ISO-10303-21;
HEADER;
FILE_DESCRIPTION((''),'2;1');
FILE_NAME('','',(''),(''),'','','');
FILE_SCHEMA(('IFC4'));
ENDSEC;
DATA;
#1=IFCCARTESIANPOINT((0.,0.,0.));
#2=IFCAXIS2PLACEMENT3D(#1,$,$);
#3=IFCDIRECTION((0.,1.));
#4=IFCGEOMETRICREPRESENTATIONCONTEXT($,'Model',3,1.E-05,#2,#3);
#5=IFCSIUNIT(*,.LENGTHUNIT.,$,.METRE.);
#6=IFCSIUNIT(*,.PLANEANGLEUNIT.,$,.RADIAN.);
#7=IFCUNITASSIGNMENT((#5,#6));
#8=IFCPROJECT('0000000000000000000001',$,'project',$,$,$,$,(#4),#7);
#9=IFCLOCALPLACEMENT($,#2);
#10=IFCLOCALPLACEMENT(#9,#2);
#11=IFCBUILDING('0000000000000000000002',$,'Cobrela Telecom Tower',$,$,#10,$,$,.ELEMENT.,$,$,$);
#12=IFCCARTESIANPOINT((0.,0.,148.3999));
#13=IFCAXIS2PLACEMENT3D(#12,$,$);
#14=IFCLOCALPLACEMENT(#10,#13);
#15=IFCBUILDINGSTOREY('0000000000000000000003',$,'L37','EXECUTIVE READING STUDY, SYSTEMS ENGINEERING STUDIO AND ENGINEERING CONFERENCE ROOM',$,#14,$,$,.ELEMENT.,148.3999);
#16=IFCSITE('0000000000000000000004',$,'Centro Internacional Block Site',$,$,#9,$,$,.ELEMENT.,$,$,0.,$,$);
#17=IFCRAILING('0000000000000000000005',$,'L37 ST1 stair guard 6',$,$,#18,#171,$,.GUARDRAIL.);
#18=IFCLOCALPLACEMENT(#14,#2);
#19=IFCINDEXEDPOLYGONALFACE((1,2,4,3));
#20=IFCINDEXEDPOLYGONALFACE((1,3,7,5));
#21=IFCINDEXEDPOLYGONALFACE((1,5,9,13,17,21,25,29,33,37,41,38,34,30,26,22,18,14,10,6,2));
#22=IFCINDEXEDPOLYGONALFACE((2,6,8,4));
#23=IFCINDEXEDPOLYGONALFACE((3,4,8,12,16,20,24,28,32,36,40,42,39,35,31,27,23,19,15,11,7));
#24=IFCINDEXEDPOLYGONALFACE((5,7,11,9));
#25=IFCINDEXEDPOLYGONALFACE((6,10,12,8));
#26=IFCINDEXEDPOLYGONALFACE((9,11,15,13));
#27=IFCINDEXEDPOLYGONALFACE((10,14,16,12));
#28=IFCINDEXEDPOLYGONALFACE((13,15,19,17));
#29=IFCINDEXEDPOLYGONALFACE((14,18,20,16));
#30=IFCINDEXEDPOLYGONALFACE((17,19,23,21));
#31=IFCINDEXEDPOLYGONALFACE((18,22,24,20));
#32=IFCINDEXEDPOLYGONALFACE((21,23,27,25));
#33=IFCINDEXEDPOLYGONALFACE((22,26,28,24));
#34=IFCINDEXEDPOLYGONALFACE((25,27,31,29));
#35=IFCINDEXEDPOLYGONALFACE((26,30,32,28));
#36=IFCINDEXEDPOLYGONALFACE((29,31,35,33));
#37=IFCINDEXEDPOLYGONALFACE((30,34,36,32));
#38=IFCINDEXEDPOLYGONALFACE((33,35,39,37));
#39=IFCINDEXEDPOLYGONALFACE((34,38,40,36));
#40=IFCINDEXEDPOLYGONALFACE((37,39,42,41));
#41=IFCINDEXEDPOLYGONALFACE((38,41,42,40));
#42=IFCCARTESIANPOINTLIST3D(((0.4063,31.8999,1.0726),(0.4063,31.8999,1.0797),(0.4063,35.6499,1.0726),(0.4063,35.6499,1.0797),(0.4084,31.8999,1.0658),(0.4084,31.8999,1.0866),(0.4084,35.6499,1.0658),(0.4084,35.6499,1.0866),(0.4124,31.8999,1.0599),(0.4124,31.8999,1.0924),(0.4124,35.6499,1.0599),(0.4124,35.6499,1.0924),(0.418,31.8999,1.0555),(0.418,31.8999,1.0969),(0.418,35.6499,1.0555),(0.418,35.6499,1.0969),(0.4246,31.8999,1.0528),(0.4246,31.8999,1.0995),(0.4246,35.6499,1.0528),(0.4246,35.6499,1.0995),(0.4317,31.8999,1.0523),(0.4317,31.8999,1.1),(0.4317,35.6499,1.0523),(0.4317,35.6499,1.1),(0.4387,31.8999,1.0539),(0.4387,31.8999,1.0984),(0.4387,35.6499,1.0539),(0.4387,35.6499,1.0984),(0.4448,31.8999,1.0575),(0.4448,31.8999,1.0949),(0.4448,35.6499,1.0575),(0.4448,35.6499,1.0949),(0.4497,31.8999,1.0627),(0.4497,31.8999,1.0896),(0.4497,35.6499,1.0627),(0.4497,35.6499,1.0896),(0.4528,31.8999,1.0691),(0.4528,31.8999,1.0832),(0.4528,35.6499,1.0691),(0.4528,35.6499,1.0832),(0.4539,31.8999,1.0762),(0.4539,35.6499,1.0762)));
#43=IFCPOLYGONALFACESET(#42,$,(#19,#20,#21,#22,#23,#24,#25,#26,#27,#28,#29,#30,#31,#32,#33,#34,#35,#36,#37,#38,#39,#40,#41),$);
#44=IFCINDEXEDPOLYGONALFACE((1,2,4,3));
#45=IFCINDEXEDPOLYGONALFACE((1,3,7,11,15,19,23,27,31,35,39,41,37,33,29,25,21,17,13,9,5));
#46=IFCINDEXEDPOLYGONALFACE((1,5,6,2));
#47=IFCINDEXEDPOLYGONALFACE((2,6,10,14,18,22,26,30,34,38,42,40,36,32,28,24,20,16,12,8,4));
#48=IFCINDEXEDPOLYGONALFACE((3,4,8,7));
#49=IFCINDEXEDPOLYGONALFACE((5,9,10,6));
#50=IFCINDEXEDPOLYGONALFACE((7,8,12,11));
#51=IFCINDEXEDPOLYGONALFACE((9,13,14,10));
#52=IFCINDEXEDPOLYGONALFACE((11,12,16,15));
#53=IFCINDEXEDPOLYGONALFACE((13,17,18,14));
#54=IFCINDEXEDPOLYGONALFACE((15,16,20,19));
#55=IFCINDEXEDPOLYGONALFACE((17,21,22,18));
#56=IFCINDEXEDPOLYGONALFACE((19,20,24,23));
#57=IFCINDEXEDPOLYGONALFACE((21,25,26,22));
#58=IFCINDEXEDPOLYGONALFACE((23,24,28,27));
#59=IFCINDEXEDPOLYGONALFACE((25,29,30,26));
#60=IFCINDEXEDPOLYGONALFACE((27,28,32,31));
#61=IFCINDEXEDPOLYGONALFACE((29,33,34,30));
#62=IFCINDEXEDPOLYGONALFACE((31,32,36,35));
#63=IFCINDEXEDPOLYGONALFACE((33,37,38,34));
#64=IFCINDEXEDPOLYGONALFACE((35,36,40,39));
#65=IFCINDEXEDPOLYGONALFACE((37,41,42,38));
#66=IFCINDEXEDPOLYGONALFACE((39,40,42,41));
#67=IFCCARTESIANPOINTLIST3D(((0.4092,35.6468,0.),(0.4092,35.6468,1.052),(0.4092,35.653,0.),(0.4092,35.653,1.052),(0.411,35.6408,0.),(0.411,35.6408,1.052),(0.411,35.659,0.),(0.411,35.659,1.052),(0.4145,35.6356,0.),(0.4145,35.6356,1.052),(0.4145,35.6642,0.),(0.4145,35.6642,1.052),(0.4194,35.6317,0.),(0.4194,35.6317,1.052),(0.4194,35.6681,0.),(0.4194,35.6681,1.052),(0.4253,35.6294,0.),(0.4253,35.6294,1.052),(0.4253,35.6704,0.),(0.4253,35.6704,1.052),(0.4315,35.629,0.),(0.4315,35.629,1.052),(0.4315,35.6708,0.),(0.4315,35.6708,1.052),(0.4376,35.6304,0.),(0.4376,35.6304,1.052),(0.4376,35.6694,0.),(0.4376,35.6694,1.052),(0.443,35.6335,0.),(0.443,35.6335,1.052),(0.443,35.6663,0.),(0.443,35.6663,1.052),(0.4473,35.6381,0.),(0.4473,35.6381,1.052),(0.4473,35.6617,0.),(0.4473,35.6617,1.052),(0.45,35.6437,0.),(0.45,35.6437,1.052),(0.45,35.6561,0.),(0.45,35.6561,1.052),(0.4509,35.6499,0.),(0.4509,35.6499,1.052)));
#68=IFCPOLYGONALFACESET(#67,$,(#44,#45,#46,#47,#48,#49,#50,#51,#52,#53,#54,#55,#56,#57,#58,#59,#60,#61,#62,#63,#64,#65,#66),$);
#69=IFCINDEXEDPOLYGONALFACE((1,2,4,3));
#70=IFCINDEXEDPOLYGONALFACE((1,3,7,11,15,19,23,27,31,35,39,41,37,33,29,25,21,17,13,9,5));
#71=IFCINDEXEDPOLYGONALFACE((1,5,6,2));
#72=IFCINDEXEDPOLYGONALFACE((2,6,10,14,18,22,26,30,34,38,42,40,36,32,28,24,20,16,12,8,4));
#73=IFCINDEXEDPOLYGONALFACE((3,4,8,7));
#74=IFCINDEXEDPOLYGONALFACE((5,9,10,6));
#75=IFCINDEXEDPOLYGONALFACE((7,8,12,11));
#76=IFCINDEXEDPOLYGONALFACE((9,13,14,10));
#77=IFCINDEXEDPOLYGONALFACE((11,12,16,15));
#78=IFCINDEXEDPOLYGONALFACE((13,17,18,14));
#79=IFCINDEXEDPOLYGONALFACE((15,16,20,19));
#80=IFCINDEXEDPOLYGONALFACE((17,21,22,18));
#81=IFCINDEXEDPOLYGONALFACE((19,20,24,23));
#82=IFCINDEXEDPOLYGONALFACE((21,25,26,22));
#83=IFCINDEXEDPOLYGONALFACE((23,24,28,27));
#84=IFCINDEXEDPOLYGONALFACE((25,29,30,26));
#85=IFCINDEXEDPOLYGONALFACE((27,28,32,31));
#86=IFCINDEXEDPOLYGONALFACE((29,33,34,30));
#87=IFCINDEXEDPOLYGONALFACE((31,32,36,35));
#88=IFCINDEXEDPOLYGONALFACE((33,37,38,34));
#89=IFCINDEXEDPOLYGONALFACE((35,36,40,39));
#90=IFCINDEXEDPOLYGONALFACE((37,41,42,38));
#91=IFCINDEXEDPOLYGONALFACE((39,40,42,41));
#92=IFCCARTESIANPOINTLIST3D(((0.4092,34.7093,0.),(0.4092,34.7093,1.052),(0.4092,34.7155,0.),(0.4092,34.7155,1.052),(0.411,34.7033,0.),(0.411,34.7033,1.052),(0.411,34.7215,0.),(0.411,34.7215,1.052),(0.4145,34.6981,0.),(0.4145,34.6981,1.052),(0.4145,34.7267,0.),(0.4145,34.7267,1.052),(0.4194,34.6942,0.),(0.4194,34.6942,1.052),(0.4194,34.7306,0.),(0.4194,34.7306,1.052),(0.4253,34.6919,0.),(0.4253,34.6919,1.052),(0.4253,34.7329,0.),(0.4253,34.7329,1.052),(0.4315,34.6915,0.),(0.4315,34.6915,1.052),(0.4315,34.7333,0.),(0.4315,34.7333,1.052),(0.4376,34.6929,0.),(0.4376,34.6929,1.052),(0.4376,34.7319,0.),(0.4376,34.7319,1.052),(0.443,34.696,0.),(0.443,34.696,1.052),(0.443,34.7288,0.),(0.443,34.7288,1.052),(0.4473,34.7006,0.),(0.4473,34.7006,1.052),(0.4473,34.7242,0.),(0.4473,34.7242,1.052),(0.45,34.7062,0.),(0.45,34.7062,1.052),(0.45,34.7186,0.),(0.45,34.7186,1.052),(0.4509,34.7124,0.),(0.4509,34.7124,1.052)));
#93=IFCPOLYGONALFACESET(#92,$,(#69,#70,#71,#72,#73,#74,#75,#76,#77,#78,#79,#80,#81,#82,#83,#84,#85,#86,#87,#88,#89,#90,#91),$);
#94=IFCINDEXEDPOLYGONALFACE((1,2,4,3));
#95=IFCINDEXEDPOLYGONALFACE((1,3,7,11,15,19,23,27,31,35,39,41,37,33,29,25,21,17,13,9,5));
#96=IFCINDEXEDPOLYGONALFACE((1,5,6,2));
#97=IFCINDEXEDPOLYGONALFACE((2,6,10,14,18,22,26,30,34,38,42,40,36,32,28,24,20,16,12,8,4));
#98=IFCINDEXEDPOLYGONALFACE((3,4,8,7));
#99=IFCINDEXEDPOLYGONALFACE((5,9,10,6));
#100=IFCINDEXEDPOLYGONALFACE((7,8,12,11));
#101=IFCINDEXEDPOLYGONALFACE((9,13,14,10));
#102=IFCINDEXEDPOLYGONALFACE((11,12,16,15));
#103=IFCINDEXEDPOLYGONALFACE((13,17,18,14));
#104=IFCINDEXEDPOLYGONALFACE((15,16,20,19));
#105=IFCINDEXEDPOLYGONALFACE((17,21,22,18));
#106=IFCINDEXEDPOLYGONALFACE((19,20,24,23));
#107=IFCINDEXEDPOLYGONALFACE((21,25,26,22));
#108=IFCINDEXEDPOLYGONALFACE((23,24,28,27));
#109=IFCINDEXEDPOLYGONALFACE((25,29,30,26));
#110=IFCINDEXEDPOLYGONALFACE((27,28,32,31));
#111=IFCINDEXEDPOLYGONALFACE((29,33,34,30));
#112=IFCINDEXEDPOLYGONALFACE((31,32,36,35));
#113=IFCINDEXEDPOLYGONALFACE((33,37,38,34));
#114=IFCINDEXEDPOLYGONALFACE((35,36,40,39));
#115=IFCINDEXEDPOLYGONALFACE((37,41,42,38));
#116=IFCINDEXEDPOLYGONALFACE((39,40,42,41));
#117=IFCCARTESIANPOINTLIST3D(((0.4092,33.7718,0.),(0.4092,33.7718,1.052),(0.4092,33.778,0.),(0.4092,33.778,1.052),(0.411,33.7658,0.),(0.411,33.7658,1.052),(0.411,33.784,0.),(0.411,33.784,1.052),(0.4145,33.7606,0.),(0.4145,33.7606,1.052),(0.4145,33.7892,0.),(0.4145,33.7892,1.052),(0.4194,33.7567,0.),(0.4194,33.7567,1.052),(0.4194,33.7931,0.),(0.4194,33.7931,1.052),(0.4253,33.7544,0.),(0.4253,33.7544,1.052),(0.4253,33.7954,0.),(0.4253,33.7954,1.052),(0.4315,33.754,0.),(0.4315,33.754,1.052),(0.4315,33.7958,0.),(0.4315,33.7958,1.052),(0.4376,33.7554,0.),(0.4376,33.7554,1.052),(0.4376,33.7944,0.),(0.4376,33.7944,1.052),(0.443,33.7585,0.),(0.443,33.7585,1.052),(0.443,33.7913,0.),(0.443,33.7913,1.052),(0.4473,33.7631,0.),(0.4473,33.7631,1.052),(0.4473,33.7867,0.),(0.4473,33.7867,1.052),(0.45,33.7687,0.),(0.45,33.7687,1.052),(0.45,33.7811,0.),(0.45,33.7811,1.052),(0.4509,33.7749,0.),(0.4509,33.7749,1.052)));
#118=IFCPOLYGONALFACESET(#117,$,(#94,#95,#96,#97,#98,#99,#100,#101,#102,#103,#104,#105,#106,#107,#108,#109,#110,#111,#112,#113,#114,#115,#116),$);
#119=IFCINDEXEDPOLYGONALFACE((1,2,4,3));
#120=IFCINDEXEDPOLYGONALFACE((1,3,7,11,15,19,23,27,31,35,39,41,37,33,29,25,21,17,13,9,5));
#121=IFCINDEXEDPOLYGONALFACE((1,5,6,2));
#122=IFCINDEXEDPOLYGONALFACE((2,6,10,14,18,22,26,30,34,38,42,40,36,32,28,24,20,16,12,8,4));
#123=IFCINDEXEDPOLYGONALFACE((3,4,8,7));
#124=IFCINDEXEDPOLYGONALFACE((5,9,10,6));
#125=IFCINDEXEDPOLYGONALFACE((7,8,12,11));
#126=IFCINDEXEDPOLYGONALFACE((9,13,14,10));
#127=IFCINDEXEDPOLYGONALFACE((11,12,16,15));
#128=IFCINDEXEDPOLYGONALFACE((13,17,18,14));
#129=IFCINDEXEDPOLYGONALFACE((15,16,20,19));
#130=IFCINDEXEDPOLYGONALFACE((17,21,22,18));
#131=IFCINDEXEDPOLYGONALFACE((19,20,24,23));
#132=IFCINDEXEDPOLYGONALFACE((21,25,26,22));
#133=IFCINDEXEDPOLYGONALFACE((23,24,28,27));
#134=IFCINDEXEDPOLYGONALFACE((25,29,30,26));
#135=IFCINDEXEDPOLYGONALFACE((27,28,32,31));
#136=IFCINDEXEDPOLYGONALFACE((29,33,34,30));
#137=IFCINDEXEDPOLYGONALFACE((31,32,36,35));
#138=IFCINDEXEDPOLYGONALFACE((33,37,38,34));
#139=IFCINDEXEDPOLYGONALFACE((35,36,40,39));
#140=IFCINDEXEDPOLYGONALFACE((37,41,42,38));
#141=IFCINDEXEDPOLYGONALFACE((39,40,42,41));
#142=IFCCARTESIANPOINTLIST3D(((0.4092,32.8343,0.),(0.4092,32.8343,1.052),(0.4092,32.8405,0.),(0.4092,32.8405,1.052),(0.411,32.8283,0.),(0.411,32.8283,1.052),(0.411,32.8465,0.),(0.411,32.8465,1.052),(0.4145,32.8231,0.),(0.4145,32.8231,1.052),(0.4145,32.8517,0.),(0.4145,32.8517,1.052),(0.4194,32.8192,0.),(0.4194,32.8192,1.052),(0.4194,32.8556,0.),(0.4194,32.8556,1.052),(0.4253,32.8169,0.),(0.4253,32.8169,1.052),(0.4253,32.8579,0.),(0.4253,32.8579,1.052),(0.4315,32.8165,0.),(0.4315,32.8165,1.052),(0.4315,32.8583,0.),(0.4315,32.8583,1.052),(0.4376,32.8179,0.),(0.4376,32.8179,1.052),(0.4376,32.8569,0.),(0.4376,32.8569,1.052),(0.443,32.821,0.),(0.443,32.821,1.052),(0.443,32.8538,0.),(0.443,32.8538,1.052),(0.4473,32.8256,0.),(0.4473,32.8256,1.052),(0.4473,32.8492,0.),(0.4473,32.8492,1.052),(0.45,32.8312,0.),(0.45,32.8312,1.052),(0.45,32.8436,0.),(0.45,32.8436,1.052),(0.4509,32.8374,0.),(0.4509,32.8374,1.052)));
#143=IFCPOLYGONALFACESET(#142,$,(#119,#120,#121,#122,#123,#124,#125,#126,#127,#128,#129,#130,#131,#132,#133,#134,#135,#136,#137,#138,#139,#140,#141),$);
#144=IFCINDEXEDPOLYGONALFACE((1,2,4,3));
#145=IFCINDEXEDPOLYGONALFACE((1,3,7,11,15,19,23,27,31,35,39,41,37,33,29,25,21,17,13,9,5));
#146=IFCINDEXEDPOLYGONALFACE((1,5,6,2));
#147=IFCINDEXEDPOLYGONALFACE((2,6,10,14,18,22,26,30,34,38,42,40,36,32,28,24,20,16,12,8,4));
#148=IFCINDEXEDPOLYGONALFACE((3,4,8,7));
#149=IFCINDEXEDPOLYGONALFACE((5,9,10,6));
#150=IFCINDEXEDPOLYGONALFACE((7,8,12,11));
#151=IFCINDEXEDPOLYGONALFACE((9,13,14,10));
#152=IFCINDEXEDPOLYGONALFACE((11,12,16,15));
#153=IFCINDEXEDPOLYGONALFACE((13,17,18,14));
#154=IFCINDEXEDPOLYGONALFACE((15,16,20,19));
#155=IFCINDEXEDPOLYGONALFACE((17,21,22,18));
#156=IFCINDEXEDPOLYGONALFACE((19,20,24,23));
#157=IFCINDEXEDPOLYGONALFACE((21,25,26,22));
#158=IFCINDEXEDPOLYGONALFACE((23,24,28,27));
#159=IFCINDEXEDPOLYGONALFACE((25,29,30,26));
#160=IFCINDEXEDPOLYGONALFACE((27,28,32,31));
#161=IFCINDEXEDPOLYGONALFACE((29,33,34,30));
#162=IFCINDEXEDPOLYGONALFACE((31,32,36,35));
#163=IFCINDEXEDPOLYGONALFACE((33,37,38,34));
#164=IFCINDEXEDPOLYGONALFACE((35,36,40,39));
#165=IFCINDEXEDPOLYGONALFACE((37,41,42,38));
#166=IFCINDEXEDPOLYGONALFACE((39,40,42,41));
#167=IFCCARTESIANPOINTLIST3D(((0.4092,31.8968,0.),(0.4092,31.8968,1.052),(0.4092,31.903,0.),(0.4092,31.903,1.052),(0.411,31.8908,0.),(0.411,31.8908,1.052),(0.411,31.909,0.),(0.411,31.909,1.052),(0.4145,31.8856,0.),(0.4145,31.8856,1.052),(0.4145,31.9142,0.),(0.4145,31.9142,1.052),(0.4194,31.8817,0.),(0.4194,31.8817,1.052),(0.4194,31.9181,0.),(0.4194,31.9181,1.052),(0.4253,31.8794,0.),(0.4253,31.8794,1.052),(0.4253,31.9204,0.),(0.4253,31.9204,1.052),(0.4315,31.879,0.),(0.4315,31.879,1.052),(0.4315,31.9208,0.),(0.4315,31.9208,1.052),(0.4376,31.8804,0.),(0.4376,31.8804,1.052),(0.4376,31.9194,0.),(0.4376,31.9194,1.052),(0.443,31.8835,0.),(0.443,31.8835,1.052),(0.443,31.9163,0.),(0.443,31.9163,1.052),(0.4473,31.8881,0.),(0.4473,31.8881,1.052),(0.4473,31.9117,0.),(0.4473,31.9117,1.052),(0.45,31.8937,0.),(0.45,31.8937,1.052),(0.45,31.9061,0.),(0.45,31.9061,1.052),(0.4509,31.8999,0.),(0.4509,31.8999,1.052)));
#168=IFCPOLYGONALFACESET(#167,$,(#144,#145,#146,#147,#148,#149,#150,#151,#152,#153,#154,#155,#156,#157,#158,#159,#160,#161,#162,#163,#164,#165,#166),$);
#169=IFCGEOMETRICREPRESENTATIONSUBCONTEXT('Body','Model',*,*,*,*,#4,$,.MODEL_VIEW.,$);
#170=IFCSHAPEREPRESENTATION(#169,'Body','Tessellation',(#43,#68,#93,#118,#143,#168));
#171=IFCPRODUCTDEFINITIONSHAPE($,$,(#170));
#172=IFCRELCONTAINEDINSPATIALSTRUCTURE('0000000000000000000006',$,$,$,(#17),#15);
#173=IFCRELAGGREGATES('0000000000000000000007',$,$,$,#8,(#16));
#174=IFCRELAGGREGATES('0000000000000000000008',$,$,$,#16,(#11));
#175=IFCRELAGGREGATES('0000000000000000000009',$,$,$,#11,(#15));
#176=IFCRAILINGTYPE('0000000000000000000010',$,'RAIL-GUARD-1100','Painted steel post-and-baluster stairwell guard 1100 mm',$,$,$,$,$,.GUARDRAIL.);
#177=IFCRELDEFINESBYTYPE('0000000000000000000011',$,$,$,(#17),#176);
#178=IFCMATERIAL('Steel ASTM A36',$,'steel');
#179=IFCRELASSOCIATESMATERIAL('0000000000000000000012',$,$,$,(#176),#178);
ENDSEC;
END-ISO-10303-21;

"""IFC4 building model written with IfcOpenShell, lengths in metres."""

from ifc_helpers import new_model, si_unit, direction, frame, origin, origin_2d, place, context, subcontext, project, spatial, circle, extrude, material, type_object, element, save


model = new_model("IFC4")

# Units and contexts
model_context = context("Model", 3, precision=1e-05, world=origin(), true_north=direction((0.0, 1.0)))
body_context = subcontext(model_context, "Body", "Model", "MODEL_VIEW")
ifc_project = project(units=[si_unit("LENGTHUNIT", "METRE"), si_unit("PLANEANGLEUNIT", "RADIAN")], contexts=[model_context])

# Site, building, storey
site_placement = place(None, origin())
site = spatial("IfcSite", under=ifc_project, at=site_placement, Name="Centro Internacional Block Site", CompositionType="ELEMENT", RefElevation=0.0)
building_placement = place(site_placement, origin())
building = spatial("IfcBuilding", under=site, at=building_placement, Name="Cobrela Telecom Tower", CompositionType="ELEMENT")
storey_placement = place(building_placement, frame((0.0, 0.0, 148.3999)))
storey = spatial("IfcBuildingStorey", under=building, at=storey_placement, Name="L37", Description="EXECUTIVE READING STUDY, SYSTEMS ENGINEERING STUDIO AND ENGINEERING CONFERENCE ROOM", CompositionType="ELEMENT", Elevation=148.3999)

# Shared definitions
ifc_material_1 = material(Name="Steel ASTM A36", Category="steel")

# Railing
railing_type_1 = type_object("IfcRailingType", Name="RAIL-GUARD-1100", Description="Painted steel post-and-baluster stairwell guard 1100 mm", PredefinedType="GUARDRAIL", material=ifc_material_1)
railing_1_placement = place(storey_placement, frame((0.4299, 35.6499, 0.0)))
element("IfcRailing", 1, at=railing_1_placement, inside=storey, type_object=railing_type_1, Name="L37 ST1 stair guard 6", PredefinedType="GUARDRAIL", context=body_context, shape_type="SweptSolid", body=[
    extrude(circle(Radius=0.0239, at=origin_2d()), frame((0.0, 0.0, 1.0762), z_axis=(0.0, -1.0, 0.0), x_axis=(1.0, 0.0, 0.0)), (0.0, 0.0, 1.0), 3.75),
    extrude(circle(Radius=0.021, at=origin_2d()), origin(), (0.0, 0.0, 1.0), 1.052),
    extrude(circle(Radius=0.021, at=origin_2d()), frame((0.0, -0.9375, 0.0)), (0.0, 0.0, 1.0), 1.052),
    extrude(circle(Radius=0.021, at=origin_2d()), frame((0.0, -1.875, 0.0)), (0.0, 0.0, 1.0), 1.052),
    extrude(circle(Radius=0.021, at=origin_2d()), frame((0.0, -2.8125, 0.0)), (0.0, 0.0, 1.0), 1.052),
    extrude(circle(Radius=0.021, at=origin_2d()), frame((0.0, -3.75, 0.0)), (0.0, 0.0, 1.0), 1.052),
])

save(model, "model.ifc")
